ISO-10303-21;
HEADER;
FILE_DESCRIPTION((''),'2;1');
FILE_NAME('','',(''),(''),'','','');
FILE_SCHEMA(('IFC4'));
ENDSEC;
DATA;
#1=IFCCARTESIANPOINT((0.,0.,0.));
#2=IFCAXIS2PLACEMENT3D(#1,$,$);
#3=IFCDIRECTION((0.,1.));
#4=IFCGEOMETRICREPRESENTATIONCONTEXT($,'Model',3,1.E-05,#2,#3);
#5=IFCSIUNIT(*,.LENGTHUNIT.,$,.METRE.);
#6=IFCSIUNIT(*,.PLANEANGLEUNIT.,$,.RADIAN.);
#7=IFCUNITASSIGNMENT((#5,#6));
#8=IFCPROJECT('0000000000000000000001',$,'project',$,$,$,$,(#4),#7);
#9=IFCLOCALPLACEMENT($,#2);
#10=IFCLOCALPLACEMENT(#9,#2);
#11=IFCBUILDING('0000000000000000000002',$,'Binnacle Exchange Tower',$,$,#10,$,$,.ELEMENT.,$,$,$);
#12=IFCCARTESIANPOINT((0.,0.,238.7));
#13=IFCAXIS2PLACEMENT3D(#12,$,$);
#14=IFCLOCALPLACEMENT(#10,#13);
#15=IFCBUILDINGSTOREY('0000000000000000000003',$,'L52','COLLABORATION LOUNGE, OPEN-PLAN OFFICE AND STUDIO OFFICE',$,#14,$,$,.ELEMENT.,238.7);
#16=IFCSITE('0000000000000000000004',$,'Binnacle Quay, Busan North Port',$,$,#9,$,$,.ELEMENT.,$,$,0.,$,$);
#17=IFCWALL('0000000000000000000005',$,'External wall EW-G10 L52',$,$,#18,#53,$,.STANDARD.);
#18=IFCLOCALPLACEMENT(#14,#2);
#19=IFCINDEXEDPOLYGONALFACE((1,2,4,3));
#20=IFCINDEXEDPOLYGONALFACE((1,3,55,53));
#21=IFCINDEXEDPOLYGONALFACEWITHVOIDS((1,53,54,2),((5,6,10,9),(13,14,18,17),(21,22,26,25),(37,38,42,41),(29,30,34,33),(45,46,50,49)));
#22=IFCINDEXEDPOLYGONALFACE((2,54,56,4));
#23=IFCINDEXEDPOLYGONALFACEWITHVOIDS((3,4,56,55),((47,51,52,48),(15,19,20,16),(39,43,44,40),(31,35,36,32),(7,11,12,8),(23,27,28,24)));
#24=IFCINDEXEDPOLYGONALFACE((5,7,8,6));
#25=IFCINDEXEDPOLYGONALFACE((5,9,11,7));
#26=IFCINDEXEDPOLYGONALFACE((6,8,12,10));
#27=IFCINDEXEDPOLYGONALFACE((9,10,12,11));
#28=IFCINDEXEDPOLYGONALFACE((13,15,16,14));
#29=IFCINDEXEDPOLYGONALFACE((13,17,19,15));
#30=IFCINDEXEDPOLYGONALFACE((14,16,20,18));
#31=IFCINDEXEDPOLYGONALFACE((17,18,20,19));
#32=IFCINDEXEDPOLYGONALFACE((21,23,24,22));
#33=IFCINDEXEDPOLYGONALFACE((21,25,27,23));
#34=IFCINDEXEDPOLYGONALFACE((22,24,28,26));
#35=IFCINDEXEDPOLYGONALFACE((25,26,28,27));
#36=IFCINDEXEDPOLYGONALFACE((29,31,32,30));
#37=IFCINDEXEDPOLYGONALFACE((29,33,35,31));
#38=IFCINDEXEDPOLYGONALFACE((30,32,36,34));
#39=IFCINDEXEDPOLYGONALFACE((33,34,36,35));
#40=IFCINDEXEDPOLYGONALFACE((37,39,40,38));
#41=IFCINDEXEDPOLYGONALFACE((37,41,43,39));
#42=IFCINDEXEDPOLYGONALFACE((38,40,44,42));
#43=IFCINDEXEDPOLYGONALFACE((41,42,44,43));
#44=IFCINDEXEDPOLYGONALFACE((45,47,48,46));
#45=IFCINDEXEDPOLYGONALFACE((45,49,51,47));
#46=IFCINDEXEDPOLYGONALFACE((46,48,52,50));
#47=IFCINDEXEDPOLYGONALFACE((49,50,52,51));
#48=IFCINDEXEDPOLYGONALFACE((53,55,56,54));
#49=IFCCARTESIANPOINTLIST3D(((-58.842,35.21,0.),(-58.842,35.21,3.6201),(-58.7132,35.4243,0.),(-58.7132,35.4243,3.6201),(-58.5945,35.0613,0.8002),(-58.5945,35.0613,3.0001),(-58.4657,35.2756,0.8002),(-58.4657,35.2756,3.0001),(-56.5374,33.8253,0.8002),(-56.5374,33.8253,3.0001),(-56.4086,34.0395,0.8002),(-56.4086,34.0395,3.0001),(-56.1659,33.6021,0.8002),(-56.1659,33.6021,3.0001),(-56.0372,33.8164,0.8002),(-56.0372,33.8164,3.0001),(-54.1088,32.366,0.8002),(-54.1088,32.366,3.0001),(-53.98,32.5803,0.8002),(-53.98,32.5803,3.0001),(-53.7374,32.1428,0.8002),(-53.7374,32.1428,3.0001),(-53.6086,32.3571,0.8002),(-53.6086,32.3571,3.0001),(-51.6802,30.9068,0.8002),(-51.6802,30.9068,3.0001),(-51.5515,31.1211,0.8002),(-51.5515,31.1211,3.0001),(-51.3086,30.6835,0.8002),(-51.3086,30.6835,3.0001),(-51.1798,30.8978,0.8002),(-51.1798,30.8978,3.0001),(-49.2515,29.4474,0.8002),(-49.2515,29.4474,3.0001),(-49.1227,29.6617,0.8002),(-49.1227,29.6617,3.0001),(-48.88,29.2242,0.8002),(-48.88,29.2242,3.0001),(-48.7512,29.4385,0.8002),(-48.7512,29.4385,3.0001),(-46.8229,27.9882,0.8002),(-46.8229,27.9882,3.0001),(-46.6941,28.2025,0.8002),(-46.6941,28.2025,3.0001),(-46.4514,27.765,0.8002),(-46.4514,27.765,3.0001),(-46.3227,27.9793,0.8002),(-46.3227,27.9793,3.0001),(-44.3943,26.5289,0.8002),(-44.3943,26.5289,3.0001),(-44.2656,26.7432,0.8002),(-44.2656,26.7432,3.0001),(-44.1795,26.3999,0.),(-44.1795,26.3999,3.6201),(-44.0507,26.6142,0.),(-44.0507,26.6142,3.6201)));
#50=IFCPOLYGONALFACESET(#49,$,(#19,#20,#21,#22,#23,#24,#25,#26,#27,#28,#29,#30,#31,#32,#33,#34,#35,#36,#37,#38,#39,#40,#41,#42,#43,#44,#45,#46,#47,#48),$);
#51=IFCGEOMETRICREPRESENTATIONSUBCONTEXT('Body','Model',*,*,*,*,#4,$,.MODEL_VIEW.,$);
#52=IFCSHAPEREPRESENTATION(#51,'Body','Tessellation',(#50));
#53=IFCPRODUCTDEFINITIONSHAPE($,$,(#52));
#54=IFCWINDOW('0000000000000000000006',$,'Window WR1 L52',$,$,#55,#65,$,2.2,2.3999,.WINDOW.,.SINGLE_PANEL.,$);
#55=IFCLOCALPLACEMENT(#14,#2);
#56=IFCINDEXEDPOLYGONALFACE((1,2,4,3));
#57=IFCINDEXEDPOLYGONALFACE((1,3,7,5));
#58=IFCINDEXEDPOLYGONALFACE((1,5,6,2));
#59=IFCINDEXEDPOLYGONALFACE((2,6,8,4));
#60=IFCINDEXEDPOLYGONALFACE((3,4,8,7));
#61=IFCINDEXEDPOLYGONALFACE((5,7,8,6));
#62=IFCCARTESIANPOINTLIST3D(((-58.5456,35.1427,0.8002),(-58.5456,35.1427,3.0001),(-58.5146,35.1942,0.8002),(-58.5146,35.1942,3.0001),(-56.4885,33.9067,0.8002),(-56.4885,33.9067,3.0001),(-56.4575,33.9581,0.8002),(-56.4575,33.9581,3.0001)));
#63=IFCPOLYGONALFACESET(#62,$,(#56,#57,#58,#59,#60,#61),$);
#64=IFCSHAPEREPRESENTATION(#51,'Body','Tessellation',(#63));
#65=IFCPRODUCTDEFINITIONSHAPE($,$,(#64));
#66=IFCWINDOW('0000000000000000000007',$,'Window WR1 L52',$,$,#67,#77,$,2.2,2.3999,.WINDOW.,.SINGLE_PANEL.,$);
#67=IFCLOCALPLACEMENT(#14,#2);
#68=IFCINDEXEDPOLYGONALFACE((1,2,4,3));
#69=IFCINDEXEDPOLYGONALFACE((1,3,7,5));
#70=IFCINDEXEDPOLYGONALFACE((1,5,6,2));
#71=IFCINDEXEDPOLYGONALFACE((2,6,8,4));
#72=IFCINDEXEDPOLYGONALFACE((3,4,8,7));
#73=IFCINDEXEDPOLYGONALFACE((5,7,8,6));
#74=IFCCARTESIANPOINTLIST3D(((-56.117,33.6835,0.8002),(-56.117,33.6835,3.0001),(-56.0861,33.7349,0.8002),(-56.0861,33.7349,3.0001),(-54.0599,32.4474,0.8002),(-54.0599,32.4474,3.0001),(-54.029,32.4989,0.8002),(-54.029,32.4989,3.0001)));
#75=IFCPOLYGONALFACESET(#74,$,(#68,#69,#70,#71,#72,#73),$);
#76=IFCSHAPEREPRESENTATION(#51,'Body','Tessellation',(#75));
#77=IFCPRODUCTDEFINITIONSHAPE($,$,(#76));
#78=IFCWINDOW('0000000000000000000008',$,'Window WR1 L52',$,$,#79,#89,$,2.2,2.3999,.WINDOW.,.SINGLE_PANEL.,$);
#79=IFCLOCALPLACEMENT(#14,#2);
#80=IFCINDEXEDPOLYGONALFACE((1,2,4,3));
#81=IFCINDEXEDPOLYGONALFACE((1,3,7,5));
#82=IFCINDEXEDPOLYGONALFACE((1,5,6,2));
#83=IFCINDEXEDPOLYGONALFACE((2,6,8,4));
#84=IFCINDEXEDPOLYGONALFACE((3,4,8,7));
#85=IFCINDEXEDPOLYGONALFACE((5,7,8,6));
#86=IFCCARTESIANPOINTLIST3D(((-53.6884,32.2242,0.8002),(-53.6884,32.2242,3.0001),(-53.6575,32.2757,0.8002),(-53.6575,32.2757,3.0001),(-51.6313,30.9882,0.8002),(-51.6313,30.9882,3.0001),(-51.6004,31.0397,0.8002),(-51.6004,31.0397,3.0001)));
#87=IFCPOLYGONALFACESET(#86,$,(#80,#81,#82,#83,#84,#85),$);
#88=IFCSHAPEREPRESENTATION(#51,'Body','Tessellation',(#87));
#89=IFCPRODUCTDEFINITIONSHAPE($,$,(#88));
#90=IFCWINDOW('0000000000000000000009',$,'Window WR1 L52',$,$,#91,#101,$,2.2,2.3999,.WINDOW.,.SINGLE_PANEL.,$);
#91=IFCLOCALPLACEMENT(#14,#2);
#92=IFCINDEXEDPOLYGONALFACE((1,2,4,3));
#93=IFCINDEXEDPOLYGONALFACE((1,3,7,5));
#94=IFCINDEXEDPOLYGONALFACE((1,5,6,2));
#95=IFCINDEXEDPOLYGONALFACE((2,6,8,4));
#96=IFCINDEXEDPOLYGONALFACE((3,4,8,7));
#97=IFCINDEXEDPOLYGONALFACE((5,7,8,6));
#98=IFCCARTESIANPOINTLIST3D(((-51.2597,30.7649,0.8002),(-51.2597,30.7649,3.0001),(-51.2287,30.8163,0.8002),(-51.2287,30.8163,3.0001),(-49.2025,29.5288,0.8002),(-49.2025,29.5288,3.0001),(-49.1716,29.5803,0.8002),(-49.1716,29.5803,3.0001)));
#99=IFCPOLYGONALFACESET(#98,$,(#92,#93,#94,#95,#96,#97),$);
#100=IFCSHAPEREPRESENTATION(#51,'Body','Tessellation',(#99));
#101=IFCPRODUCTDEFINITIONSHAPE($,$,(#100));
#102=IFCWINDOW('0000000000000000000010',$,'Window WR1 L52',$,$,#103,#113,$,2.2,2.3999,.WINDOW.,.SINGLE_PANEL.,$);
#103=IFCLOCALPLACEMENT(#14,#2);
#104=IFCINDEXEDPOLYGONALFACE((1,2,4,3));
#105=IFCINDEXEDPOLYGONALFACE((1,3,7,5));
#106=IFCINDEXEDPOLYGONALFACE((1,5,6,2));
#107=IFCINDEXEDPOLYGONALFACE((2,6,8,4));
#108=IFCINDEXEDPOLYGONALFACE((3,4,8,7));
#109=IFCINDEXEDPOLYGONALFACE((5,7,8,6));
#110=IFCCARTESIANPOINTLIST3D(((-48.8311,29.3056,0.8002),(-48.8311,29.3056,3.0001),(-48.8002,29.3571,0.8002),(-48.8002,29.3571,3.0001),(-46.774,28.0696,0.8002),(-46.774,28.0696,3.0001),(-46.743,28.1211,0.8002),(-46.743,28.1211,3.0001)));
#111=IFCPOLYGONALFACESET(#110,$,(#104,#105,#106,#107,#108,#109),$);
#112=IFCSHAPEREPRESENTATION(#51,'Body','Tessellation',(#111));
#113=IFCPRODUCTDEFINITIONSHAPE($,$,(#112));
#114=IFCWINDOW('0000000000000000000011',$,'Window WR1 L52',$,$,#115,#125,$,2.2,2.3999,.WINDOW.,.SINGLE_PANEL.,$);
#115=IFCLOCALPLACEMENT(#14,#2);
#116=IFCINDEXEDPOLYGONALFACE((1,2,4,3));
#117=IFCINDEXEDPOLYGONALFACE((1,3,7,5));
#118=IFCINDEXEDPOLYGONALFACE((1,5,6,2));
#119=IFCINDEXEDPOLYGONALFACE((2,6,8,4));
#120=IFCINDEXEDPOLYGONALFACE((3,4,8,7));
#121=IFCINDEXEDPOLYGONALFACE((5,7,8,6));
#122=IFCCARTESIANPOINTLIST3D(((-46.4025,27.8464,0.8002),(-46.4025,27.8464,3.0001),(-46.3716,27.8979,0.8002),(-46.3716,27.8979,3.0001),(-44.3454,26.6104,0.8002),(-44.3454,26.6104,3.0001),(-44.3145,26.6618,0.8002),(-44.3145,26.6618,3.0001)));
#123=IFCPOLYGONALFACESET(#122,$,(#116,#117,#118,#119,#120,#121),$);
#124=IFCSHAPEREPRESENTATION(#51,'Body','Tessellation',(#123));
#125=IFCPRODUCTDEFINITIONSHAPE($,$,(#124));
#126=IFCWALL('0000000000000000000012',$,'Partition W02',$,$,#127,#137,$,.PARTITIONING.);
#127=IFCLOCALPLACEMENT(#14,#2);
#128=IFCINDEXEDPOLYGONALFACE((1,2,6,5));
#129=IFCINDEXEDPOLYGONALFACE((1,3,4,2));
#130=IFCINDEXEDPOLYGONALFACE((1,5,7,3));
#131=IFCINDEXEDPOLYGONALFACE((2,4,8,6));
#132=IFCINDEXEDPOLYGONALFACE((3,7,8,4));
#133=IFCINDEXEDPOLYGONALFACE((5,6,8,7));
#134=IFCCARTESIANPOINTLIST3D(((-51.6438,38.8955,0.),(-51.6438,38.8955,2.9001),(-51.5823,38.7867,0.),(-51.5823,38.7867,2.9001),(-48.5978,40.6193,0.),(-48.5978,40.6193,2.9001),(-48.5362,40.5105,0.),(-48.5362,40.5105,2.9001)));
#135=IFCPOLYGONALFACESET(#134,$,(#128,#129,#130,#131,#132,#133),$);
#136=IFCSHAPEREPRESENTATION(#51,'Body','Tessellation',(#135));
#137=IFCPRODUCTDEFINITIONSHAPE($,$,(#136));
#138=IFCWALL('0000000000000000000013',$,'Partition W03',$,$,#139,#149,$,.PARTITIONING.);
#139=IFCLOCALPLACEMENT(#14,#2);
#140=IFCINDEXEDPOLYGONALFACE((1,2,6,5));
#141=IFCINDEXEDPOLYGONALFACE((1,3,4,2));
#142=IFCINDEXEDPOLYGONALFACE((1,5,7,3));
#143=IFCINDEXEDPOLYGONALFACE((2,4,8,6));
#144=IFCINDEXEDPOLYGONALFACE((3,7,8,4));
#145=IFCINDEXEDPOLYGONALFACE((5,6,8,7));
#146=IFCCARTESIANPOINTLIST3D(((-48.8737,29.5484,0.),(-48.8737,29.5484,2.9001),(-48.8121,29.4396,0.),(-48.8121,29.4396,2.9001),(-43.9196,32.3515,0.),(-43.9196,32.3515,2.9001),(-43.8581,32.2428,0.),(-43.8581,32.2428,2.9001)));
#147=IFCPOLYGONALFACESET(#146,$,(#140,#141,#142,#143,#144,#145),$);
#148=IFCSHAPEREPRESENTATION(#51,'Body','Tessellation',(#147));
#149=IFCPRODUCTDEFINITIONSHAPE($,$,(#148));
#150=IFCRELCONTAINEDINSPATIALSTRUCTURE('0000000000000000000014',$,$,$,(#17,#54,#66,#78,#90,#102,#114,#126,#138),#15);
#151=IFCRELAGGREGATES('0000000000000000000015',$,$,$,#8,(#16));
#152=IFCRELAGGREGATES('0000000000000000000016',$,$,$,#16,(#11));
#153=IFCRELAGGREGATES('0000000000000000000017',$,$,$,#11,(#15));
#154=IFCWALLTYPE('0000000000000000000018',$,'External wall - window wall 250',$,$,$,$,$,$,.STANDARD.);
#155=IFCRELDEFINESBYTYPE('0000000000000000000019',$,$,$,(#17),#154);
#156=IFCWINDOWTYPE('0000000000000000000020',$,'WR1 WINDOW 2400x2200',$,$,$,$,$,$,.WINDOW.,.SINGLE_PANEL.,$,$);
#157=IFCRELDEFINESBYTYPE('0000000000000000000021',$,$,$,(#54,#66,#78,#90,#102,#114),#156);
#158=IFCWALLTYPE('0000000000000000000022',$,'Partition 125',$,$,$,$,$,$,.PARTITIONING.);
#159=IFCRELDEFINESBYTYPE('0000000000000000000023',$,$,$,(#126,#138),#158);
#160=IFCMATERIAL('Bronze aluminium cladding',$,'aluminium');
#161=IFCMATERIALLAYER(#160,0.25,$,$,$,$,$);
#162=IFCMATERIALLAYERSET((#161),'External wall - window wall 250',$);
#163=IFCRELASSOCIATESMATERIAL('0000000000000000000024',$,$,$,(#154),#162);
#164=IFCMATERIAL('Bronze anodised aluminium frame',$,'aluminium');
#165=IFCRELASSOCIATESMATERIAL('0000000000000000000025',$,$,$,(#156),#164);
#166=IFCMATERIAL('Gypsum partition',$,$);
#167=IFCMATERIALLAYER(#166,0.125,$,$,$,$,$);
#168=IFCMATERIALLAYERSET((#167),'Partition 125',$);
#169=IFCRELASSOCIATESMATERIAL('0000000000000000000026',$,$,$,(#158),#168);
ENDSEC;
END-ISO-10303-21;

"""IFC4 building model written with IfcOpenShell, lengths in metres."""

from ifc_helpers import new_model, si_unit, direction, frame, frame_2d, origin, place, context, subcontext, project, spatial, rectangle, extrude, material, layer, layer_set, type_object, element, fill, save


model = new_model("IFC4")

# Units and contexts
model_context = context("Model", 3, precision=1e-05, world=origin(), true_north=direction((0.0, 1.0)))
body_context = subcontext(model_context, "Body", "Model", "MODEL_VIEW")
ifc_project = project(units=[si_unit("LENGTHUNIT", "METRE"), si_unit("PLANEANGLEUNIT", "RADIAN")], contexts=[model_context])

# Site, building, storey
site_placement = place(None, origin())
site = spatial("IfcSite", under=ifc_project, at=site_placement, Name="Binnacle Quay, Busan North Port", CompositionType="ELEMENT", RefElevation=0.0)
building_placement = place(site_placement, origin())
building = spatial("IfcBuilding", under=site, at=building_placement, Name="Binnacle Exchange Tower", CompositionType="ELEMENT")
storey_placement = place(building_placement, frame((0.0, 0.0, 238.7)))
storey = spatial("IfcBuildingStorey", under=building, at=storey_placement, Name="L52", Description="COLLABORATION LOUNGE, OPEN-PLAN OFFICE AND STUDIO OFFICE", CompositionType="ELEMENT", Elevation=238.7)

# Shared definitions
ifc_material_1 = material(Name="Bronze aluminium cladding", Category="aluminium")
ifc_layer_1 = layer(ifc_material_1, 0.25)
ifc_layer_set_1 = layer_set([ifc_layer_1], Name="External wall - window wall 250")
wall_type_1 = type_object("IfcWallType", Name="External wall - window wall 250", PredefinedType="STANDARD", material=ifc_layer_set_1)

# Wall, openings, windows
wall_1_placement = place(storey_placement, frame((-44.1152, 26.5071, 0.0), z_axis=(0.0, 0.0, 1.0), x_axis=(-0.857167, 0.515039, 0.0)))
wall_1 = element("IfcWall", 1, at=wall_1_placement, inside=storey, type_object=wall_type_1, Name="External wall EW-G10 L52", PredefinedType="STANDARD", context=body_context, shape_type="SweptSolid", body=[
    extrude(rectangle(XDim=17.1057, YDim=0.25, at=frame_2d((8.5527, 0.0))), origin(), (0.0, 0.0, 1.0), 3.6201),
])
opening_1_placement = place(wall_1_placement, frame((14.417, 0.0, 0.8)))
opening_1 = element("IfcOpeningElement", 2, at=opening_1_placement, cuts=wall_1, PredefinedType="OPENING", context=body_context, shape_type="SweptSolid", body=[
    extrude(rectangle(XDim=2.3999, YDim=2.2, at=frame_2d((1.2, 1.1001))), frame((0.0, 0.135, 0.0), z_axis=(0.0, -1.0, 0.0), x_axis=(1.0, 0.0, 0.0)), (0.0, 0.0, 1.0), 0.27),
])
opening_2_placement = place(wall_1_placement, frame((11.5837, 0.0, 0.8)))
opening_2 = element("IfcOpeningElement", 3, at=opening_2_placement, cuts=wall_1, PredefinedType="OPENING", context=body_context, shape_type="SweptSolid", body=[
    extrude(rectangle(XDim=2.3999, YDim=2.2, at=frame_2d((1.2, 1.1001))), frame((0.0, 0.135, 0.0), z_axis=(0.0, -1.0, 0.0), x_axis=(1.0, 0.0, 0.0)), (0.0, 0.0, 1.0), 0.27),
])
opening_3_placement = place(wall_1_placement, frame((8.7505, 0.0, 0.8)))
opening_3 = element("IfcOpeningElement", 4, at=opening_3_placement, cuts=wall_1, PredefinedType="OPENING", context=body_context, shape_type="SweptSolid", body=[
    extrude(rectangle(XDim=2.3999, YDim=2.2, at=frame_2d((1.2, 1.1001))), frame((0.0, 0.135, 0.0), z_axis=(0.0, -1.0, 0.0), x_axis=(1.0, 0.0, 0.0)), (0.0, 0.0, 1.0), 0.27),
])
opening_4_placement = place(wall_1_placement, frame((5.917, 0.0, 0.8)))
opening_4 = element("IfcOpeningElement", 5, at=opening_4_placement, cuts=wall_1, PredefinedType="OPENING", context=body_context, shape_type="SweptSolid", body=[
    extrude(rectangle(XDim=2.3999, YDim=2.2, at=frame_2d((1.2, 1.1001))), frame((0.0, 0.135, 0.0), z_axis=(0.0, -1.0, 0.0), x_axis=(1.0, 0.0, 0.0)), (0.0, 0.0, 1.0), 0.27),
])
opening_5_placement = place(wall_1_placement, frame((3.0837, 0.0, 0.8)))
opening_5 = element("IfcOpeningElement", 6, at=opening_5_placement, cuts=wall_1, PredefinedType="OPENING", context=body_context, shape_type="SweptSolid", body=[
    extrude(rectangle(XDim=2.3999, YDim=2.2, at=frame_2d((1.2, 1.1001))), frame((0.0, 0.135, 0.0), z_axis=(0.0, -1.0, 0.0), x_axis=(1.0, 0.0, 0.0)), (0.0, 0.0, 1.0), 0.27),
])
opening_6_placement = place(wall_1_placement, frame((0.2505, 0.0, 0.8)))
opening_6 = element("IfcOpeningElement", 7, at=opening_6_placement, cuts=wall_1, PredefinedType="OPENING", context=body_context, shape_type="SweptSolid", body=[
    extrude(rectangle(XDim=2.3999, YDim=2.2, at=frame_2d((1.2, 1.1001))), frame((0.0, 0.135, 0.0), z_axis=(0.0, -1.0, 0.0), x_axis=(1.0, 0.0, 0.0)), (0.0, 0.0, 1.0), 0.27),
])
ifc_material_2 = material(Name="Bronze anodised aluminium frame", Category="aluminium")
window_type = type_object("IfcWindowType", Name="WR1 WINDOW 2400x2200", PartitioningType="SINGLE_PANEL", PredefinedType="WINDOW", material=ifc_material_2)
window_1_placement = place(opening_1_placement, origin())
window_1 = element("IfcWindow", 8, at=window_1_placement, inside=storey, type_object=window_type, Name="Window WR1 L52", OverallHeight=2.2, OverallWidth=2.3999, PartitioningType="SINGLE_PANEL", PredefinedType="WINDOW", context=body_context, shape_type="SweptSolid", body=[
    extrude(rectangle(XDim=2.3999, YDim=2.2, at=frame_2d((1.2, 1.1001))), frame((0.0, 0.03, 0.0), z_axis=(0.0, -1.0, 0.0), x_axis=(1.0, 0.0, 0.0)), (0.0, 0.0, 1.0), 0.0601),
])
fill(opening_1, window_1)
window_2_placement = place(opening_2_placement, origin())
window_2 = element("IfcWindow", 9, at=window_2_placement, inside=storey, type_object=window_type, Name="Window WR1 L52", OverallHeight=2.2, OverallWidth=2.3999, PartitioningType="SINGLE_PANEL", PredefinedType="WINDOW", context=body_context, shape_type="SweptSolid", body=[
    extrude(rectangle(XDim=2.3999, YDim=2.2, at=frame_2d((1.2, 1.1001))), frame((0.0, 0.03, 0.0), z_axis=(0.0, -1.0, 0.0), x_axis=(1.0, 0.0, 0.0)), (0.0, 0.0, 1.0), 0.0601),
])
fill(opening_2, window_2)
window_3_placement = place(opening_3_placement, origin())
window_3 = element("IfcWindow", 10, at=window_3_placement, inside=storey, type_object=window_type, Name="Window WR1 L52", OverallHeight=2.2, OverallWidth=2.3999, PartitioningType="SINGLE_PANEL", PredefinedType="WINDOW", context=body_context, shape_type="SweptSolid", body=[
    extrude(rectangle(XDim=2.3999, YDim=2.2, at=frame_2d((1.2, 1.1001))), frame((0.0, 0.03, 0.0), z_axis=(0.0, -1.0, 0.0), x_axis=(1.0, 0.0, 0.0)), (0.0, 0.0, 1.0), 0.0601),
])
fill(opening_3, window_3)
window_4_placement = place(opening_4_placement, origin())
window_4 = element("IfcWindow", 11, at=window_4_placement, inside=storey, type_object=window_type, Name="Window WR1 L52", OverallHeight=2.2, OverallWidth=2.3999, PartitioningType="SINGLE_PANEL", PredefinedType="WINDOW", context=body_context, shape_type="SweptSolid", body=[
    extrude(rectangle(XDim=2.3999, YDim=2.2, at=frame_2d((1.2, 1.1001))), frame((0.0, 0.03, 0.0), z_axis=(0.0, -1.0, 0.0), x_axis=(1.0, 0.0, 0.0)), (0.0, 0.0, 1.0), 0.0601),
])
fill(opening_4, window_4)
window_5_placement = place(opening_5_placement, origin())
window_5 = element("IfcWindow", 12, at=window_5_placement, inside=storey, type_object=window_type, Name="Window WR1 L52", OverallHeight=2.2, OverallWidth=2.3999, PartitioningType="SINGLE_PANEL", PredefinedType="WINDOW", context=body_context, shape_type="SweptSolid", body=[
    extrude(rectangle(XDim=2.3999, YDim=2.2, at=frame_2d((1.2, 1.1001))), frame((0.0, 0.03, 0.0), z_axis=(0.0, -1.0, 0.0), x_axis=(1.0, 0.0, 0.0)), (0.0, 0.0, 1.0), 0.0601),
])
fill(opening_5, window_5)
window_6_placement = place(opening_6_placement, origin())
window_6 = element("IfcWindow", 13, at=window_6_placement, inside=storey, type_object=window_type, Name="Window WR1 L52", OverallHeight=2.2, OverallWidth=2.3999, PartitioningType="SINGLE_PANEL", PredefinedType="WINDOW", context=body_context, shape_type="SweptSolid", body=[
    extrude(rectangle(XDim=2.3999, YDim=2.2, at=frame_2d((1.2, 1.1001))), frame((0.0, 0.03, 0.0), z_axis=(0.0, -1.0, 0.0), x_axis=(1.0, 0.0, 0.0)), (0.0, 0.0, 1.0), 0.0601),
])
fill(opening_6, window_6)

# Walls
ifc_material_3 = material(Name="Gypsum partition")
ifc_layer_2 = layer(ifc_material_3, 0.125)
ifc_layer_set_2 = layer_set([ifc_layer_2], Name="Partition 125")
wall_type_2 = type_object("IfcWallType", Name="Partition 125", PredefinedType="PARTITIONING", material=ifc_layer_set_2)
wall_2_placement = place(storey_placement, frame((-51.613, 38.8411, 0.0), z_axis=(0.0, 0.0, 1.0), x_axis=(0.8703, 0.492521, 0.0)))
element("IfcWall", 14, at=wall_2_placement, inside=storey, type_object=wall_type_2, Name="Partition W02", PredefinedType="PARTITIONING", context=body_context, shape_type="SweptSolid", body=[
    extrude(rectangle(XDim=3.5, YDim=0.125, at=frame_2d((1.75, 0.0))), origin(), (0.0, 0.0, 1.0), 2.9001),
])
wall_3_placement = place(storey_placement, frame((-48.843, 29.4939, 0.0), z_axis=(0.0, 0.0, 1.0), x_axis=(0.870331, 0.492467, 0.0)))
element("IfcWall", 15, at=wall_3_placement, inside=storey, type_object=wall_type_2, Name="Partition W03", PredefinedType="PARTITIONING", context=body_context, shape_type="SweptSolid", body=[
    extrude(rectangle(XDim=5.6921, YDim=0.125, at=frame_2d((2.8462, 0.0))), origin(), (0.0, 0.0, 1.0), 2.9001),
])

save(model, "model.ifc")
